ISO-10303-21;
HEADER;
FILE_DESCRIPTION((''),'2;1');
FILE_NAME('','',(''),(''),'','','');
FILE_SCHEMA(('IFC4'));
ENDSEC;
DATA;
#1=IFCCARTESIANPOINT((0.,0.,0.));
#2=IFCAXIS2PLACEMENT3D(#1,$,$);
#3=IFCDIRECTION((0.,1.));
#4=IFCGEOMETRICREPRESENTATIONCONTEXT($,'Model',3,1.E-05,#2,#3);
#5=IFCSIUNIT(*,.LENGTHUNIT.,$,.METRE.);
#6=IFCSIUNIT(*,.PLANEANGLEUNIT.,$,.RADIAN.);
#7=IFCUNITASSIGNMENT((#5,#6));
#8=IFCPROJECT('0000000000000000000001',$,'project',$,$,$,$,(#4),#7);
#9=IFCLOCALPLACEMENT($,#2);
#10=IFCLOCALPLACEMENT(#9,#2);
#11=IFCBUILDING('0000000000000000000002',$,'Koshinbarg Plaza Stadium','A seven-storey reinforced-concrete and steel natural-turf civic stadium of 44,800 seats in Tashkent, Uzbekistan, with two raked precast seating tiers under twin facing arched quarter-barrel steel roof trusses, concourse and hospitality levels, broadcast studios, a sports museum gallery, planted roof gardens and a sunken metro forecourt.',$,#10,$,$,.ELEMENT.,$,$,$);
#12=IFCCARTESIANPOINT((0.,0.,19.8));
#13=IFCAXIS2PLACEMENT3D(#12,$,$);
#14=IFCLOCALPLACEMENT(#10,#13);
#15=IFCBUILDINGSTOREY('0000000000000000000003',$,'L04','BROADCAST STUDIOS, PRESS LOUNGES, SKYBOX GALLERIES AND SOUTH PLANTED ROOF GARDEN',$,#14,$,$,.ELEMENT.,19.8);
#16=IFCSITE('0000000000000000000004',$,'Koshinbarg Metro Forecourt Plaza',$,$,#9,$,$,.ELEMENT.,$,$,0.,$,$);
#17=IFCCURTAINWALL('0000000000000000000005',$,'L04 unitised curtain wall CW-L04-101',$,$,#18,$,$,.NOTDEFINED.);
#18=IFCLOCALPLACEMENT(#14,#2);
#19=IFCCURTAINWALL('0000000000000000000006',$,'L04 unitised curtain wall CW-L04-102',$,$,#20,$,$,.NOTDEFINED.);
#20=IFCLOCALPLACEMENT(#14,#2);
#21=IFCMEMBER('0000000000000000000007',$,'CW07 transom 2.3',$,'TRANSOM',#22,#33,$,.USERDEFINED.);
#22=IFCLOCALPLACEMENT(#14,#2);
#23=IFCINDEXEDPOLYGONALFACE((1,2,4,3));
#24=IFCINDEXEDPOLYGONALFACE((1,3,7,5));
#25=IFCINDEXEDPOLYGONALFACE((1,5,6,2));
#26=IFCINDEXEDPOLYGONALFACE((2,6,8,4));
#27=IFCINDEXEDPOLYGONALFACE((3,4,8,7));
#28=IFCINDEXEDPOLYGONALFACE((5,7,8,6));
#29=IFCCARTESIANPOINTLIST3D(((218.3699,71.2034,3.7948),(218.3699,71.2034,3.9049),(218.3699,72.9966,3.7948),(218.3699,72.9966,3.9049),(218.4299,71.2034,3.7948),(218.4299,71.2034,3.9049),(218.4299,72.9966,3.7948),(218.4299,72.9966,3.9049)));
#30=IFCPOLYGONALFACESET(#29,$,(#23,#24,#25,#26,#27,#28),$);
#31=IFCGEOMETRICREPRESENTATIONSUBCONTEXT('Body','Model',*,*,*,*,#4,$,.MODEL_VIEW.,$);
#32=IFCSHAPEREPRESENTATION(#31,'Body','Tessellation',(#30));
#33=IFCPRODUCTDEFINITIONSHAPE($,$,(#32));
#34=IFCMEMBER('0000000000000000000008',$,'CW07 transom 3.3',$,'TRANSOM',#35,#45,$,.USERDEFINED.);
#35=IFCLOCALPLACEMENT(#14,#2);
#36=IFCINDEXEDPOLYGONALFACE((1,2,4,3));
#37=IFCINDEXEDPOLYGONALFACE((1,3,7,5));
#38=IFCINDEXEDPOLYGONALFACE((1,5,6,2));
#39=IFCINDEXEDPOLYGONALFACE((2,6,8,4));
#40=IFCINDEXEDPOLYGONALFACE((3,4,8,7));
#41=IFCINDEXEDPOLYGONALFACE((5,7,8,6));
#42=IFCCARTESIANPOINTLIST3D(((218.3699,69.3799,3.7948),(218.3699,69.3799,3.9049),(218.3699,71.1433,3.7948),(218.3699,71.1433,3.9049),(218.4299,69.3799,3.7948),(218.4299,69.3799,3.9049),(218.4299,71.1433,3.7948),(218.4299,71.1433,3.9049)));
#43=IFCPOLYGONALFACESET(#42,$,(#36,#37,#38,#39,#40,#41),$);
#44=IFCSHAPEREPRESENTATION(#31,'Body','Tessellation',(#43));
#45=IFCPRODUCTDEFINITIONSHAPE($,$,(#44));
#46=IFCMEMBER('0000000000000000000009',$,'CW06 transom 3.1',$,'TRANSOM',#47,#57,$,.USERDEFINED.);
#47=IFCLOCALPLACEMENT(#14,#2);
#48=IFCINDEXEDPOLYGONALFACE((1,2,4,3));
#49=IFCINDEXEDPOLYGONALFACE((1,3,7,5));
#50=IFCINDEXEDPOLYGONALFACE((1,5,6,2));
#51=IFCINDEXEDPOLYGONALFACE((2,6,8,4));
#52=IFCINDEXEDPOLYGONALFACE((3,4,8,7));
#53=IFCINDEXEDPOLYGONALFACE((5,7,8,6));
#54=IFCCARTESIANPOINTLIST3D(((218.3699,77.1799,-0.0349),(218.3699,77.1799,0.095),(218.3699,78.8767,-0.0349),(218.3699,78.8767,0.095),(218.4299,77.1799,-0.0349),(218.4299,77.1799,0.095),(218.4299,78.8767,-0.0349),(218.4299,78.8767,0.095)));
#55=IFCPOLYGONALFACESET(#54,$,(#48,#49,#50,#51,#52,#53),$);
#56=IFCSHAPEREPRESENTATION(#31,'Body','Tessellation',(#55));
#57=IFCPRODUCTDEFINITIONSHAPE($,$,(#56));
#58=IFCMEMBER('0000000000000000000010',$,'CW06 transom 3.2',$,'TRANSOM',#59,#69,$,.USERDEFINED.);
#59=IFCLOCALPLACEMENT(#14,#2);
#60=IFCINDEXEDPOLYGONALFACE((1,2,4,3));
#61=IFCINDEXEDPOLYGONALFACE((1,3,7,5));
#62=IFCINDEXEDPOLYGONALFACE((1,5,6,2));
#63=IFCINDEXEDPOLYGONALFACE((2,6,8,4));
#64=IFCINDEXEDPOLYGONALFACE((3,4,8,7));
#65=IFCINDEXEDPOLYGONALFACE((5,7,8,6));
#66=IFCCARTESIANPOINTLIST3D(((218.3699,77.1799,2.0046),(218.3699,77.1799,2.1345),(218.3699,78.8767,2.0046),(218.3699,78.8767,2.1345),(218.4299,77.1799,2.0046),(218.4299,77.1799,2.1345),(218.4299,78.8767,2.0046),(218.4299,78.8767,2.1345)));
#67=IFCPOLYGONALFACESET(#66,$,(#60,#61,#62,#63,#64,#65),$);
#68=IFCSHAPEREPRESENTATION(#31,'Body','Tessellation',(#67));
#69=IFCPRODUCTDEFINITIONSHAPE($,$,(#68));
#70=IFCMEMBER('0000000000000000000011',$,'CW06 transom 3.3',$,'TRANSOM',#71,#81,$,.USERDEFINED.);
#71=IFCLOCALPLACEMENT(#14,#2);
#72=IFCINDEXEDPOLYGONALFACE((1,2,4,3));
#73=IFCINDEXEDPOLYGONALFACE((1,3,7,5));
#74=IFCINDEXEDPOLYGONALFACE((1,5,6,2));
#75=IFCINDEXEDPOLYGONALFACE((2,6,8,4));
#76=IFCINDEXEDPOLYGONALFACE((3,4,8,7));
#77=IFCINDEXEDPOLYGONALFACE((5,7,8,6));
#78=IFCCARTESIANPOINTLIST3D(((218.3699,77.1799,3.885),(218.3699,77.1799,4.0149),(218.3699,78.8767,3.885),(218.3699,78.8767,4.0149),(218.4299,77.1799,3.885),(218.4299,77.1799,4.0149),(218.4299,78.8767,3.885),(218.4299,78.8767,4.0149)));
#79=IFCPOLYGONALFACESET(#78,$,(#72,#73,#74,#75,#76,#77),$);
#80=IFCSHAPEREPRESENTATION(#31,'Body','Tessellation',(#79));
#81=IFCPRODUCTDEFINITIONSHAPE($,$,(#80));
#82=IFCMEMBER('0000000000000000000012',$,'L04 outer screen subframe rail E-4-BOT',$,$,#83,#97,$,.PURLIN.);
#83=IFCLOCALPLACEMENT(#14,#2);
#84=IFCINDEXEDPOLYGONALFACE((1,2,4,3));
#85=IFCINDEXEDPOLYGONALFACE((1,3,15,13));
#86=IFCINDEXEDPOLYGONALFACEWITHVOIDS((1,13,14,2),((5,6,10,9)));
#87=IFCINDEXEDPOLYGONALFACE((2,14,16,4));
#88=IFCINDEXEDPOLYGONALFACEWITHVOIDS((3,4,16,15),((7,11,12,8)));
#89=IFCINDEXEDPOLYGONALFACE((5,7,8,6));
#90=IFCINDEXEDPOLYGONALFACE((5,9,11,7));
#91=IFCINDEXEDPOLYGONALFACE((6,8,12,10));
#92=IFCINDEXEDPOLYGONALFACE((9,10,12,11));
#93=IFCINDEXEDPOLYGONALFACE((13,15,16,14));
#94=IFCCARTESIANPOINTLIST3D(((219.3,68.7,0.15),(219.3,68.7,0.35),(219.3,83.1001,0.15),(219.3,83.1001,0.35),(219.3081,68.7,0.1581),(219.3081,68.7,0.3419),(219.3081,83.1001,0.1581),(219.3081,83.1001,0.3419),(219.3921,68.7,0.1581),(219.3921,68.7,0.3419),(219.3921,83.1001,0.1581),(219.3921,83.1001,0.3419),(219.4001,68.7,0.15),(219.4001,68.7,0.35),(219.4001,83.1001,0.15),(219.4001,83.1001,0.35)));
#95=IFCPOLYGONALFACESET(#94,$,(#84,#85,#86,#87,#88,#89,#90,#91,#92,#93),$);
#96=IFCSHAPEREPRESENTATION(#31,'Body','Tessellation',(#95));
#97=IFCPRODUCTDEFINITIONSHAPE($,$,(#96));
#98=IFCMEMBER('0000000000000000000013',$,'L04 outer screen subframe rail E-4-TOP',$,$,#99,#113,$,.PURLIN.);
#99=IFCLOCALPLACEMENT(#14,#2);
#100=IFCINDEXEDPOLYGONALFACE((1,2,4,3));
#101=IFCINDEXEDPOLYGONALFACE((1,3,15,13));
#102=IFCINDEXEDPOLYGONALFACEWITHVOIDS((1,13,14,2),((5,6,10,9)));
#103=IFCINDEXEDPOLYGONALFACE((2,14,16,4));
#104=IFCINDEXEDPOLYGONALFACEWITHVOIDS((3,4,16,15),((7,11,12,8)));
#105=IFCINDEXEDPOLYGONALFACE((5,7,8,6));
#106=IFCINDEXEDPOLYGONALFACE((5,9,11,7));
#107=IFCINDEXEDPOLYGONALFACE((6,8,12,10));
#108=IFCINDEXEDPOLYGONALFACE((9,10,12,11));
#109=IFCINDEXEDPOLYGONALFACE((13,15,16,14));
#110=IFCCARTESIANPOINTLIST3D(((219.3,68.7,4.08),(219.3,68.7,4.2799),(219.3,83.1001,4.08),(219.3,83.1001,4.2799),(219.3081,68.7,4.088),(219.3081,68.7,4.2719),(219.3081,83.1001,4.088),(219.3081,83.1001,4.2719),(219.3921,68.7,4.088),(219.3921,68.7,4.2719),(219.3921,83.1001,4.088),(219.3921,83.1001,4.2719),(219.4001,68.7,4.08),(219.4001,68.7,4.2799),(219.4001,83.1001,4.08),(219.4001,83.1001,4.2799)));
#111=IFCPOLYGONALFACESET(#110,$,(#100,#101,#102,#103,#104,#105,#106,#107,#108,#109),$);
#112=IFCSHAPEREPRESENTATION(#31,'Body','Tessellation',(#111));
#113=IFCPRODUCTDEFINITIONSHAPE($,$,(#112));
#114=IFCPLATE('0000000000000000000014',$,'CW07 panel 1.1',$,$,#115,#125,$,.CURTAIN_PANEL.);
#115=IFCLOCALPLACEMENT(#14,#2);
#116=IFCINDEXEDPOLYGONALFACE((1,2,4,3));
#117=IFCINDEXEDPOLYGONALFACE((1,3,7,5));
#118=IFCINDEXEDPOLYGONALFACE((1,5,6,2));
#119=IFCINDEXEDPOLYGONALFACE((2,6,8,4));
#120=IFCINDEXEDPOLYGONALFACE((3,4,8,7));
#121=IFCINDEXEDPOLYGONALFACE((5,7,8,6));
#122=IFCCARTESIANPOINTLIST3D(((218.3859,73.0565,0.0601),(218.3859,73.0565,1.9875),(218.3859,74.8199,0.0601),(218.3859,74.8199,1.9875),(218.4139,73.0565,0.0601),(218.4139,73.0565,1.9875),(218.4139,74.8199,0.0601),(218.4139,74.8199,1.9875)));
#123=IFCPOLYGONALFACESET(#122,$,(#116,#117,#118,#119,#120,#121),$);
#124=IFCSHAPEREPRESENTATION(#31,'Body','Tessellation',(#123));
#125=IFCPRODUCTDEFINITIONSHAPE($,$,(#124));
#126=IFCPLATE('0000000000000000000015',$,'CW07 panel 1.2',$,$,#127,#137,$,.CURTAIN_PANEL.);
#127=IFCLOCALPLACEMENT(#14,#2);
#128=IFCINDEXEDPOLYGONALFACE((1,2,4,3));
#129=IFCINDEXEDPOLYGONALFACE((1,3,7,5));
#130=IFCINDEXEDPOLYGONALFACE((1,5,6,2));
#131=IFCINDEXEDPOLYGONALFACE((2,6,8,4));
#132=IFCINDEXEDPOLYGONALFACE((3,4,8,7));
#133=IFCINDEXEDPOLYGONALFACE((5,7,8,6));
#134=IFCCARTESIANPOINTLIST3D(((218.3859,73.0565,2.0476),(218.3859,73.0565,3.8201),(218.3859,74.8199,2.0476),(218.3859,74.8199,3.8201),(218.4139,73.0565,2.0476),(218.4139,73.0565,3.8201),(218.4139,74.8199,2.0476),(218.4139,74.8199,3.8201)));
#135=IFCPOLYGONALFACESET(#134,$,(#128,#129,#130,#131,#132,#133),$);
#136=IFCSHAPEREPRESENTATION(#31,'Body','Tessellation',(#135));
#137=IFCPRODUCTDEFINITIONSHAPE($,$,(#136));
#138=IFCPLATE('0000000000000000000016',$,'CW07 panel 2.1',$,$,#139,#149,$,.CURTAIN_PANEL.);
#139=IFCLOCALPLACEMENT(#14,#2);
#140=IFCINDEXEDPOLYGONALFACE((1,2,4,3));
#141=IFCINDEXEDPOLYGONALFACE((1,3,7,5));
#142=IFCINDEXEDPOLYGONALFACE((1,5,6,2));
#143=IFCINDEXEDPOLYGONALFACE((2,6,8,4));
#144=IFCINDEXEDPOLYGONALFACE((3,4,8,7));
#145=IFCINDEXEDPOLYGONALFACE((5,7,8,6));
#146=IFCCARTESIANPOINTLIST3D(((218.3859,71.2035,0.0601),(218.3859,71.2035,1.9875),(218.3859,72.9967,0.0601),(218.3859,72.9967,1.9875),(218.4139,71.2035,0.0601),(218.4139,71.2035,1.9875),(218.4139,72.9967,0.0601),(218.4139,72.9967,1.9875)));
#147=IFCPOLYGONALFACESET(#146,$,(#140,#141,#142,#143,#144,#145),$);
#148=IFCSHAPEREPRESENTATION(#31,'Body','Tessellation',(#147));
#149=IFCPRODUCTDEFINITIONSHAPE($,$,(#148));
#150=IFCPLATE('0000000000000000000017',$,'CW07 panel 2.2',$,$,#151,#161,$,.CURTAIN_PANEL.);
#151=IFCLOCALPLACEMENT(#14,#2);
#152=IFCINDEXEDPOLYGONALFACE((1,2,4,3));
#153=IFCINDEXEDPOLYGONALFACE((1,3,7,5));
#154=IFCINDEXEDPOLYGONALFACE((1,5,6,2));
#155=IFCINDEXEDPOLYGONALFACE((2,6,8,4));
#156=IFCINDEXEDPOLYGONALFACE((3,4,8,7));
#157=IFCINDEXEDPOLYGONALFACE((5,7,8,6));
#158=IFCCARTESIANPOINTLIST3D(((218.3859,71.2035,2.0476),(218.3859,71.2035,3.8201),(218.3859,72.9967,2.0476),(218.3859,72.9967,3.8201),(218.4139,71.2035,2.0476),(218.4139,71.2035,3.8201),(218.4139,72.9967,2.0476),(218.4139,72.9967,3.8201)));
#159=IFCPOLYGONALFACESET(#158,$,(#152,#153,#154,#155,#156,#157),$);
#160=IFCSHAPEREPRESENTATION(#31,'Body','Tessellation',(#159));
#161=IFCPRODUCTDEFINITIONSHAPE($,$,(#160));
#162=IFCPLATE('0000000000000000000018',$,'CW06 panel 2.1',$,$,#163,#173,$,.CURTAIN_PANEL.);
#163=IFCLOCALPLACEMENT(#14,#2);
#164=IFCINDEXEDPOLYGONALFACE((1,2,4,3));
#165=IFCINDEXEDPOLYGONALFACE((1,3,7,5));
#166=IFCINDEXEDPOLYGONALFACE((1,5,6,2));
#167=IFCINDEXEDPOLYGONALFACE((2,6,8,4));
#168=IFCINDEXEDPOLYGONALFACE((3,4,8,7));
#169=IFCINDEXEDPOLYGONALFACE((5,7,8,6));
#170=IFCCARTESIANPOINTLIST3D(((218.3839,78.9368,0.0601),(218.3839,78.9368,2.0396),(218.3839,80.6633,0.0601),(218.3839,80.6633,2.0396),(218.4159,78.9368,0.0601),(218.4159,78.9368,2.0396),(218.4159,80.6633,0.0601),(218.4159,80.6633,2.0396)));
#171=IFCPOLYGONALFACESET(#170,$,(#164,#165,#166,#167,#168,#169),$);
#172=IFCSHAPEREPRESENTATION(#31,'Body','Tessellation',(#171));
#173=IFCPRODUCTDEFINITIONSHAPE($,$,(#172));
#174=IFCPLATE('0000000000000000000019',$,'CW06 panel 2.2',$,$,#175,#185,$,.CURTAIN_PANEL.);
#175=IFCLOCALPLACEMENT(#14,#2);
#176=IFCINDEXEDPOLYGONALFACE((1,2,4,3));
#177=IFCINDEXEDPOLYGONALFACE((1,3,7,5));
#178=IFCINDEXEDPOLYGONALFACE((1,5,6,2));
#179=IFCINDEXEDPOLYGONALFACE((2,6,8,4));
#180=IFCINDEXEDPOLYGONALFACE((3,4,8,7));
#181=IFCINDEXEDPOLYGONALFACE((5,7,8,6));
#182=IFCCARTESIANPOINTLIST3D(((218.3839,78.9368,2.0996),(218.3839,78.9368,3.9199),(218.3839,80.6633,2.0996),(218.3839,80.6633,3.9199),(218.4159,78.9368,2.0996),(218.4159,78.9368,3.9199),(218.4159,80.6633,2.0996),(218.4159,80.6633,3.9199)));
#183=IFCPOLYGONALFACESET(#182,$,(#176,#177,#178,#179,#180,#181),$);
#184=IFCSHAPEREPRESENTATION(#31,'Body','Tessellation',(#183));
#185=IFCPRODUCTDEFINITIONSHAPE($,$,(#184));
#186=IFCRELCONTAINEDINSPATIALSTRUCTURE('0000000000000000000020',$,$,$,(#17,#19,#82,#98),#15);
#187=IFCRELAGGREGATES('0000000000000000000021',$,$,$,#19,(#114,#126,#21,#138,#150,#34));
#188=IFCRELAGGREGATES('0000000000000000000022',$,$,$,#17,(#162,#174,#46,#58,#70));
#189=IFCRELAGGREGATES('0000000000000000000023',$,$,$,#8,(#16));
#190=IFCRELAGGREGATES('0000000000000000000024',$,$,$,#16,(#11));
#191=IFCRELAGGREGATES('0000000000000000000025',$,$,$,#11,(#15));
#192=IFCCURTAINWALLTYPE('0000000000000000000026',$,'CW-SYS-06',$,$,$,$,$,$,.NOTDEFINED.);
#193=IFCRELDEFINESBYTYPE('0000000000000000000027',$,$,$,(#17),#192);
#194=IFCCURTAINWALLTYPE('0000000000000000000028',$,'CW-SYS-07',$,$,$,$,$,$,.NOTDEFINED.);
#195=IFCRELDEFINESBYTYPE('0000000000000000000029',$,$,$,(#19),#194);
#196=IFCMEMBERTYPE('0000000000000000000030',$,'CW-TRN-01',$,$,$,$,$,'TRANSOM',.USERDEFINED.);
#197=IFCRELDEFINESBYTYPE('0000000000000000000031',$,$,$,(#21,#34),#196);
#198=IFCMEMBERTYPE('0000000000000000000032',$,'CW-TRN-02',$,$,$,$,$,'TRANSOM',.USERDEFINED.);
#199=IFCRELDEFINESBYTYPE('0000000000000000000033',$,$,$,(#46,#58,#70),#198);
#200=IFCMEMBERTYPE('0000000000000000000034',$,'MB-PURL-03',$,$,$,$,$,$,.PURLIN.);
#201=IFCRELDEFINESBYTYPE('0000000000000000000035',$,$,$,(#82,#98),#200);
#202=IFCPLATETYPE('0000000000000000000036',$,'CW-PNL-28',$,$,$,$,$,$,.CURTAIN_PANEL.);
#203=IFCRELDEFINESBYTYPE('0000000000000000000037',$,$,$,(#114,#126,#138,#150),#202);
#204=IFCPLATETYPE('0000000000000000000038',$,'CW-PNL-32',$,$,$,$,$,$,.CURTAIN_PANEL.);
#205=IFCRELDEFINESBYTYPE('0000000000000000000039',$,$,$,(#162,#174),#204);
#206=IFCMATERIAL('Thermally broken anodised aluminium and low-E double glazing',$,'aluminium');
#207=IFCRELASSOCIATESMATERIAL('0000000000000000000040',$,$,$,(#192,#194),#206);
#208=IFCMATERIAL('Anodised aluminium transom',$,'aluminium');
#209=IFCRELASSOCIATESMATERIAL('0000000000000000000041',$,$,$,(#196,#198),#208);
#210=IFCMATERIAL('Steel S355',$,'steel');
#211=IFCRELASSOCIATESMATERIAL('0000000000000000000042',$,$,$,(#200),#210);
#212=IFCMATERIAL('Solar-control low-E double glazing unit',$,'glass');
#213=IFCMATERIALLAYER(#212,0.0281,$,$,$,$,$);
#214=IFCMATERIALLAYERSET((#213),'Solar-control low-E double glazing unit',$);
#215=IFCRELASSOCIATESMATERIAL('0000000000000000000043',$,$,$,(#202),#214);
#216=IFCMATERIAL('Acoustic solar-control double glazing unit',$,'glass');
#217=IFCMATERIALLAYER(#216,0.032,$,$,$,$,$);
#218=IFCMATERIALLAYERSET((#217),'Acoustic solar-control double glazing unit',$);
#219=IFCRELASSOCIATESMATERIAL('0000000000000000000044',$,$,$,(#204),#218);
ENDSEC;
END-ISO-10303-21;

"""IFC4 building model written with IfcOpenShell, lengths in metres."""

from ifc_helpers import new_model, si_unit, direction, frame, origin, origin_2d, place, context, subcontext, project, spatial, rectangle, hollow_rectangle, extrude, material, layer, layer_set, material_profile, profile_set, type_object, element, aggregate, save


model = new_model("IFC4")

# Units and contexts
model_context = context("Model", 3, precision=1e-05, world=origin(), true_north=direction((0.0, 1.0)))
body_context = subcontext(model_context, "Body", "Model", "MODEL_VIEW")
ifc_project = project(units=[si_unit("LENGTHUNIT", "METRE"), si_unit("PLANEANGLEUNIT", "RADIAN")], contexts=[model_context])

# Site, building, storey
site_placement = place(None, origin())
site = spatial("IfcSite", under=ifc_project, at=site_placement, Name="Koshinbarg Metro Forecourt Plaza", CompositionType="ELEMENT", RefElevation=0.0)
building_placement = place(site_placement, origin())
building = spatial("IfcBuilding", under=site, at=building_placement, Name="Koshinbarg Plaza Stadium", Description="A seven-storey reinforced-concrete and steel natural-turf civic stadium of 44,800 seats in Tashkent, Uzbekistan, with two raked precast seating tiers under twin facing arched quarter-barrel steel roof trusses, concourse and hospitality levels, broadcast studios, a sports museum gallery, planted roof gardens and a sunken metro forecourt.", CompositionType="ELEMENT")
storey_placement = place(building_placement, frame((0.0, 0.0, 19.8)))
storey = spatial("IfcBuildingStorey", under=building, at=storey_placement, Name="L04", Description="BROADCAST STUDIOS, PRESS LOUNGES, SKYBOX GALLERIES AND SOUTH PLANTED ROOF GARDEN", CompositionType="ELEMENT", Elevation=19.8)

# Shared definitions
ifc_material_1 = material(Name="Steel S355", Category="steel")

# Curtain walls, members
ifc_material_2 = material(Name="Thermally broken anodised aluminium and low-E double glazing", Category="aluminium")
curtain_wall_type_1 = type_object("IfcCurtainWallType", Name="CW-SYS-06", PredefinedType="NOTDEFINED", material=ifc_material_2)
curtain_wall_1_placement = place(storey_placement, origin())
curtain_wall_1 = element("IfcCurtainWall", 1, at=curtain_wall_1_placement, inside=storey, type_object=curtain_wall_type_1, Name="L04 unitised curtain wall CW-L04-101", PredefinedType="NOTDEFINED")
curtain_wall_type_2 = type_object("IfcCurtainWallType", Name="CW-SYS-07", PredefinedType="NOTDEFINED", material=ifc_material_2)
curtain_wall_2_placement = place(storey_placement, origin())
curtain_wall_2 = element("IfcCurtainWall", 2, at=curtain_wall_2_placement, inside=storey, type_object=curtain_wall_type_2, Name="L04 unitised curtain wall CW-L04-102", PredefinedType="NOTDEFINED")
ifc_material_3 = material(Name="Anodised aluminium transom", Category="aluminium")
ifc_material_profile_1 = material_profile(ifc_material_3, rectangle(XDim=0.0601, YDim=0.1101, at=origin_2d()), Name="ALU 60x110")
ifc_profile_set_1 = profile_set([ifc_material_profile_1], Name="Anodised aluminium transom")
member_type_1 = type_object("IfcMemberType", Name="CW-TRN-01", ElementType="TRANSOM", PredefinedType="USERDEFINED", material=ifc_profile_set_1)
member_1_placement = place(storey_placement, frame((218.3999, 72.9966, 3.8499), z_axis=(0.0, -1.0, 0.0), x_axis=(1.0, 0.0, 0.0)))
member_1 = element("IfcMember", 3, at=member_1_placement, type_object=member_type_1, Name="CW07 transom 2.3", ObjectType="TRANSOM", PredefinedType="USERDEFINED", context=body_context, shape_type="SweptSolid", body=[
    extrude(rectangle(XDim=0.0601, YDim=0.1101, at=origin_2d()), origin(), (0.0, 0.0, 1.0), 1.7932),
])
member_2_placement = place(storey_placement, frame((218.3999, 71.1433, 3.8499), z_axis=(0.0, -1.0, 0.0), x_axis=(1.0, 0.0, 0.0)))
member_2 = element("IfcMember", 4, at=member_2_placement, type_object=member_type_1, Name="CW07 transom 3.3", ObjectType="TRANSOM", PredefinedType="USERDEFINED", context=body_context, shape_type="SweptSolid", body=[
    extrude(rectangle(XDim=0.0601, YDim=0.1101, at=origin_2d()), origin(), (0.0, 0.0, 1.0), 1.7634),
])

# Members
ifc_material_profile_2 = material_profile(ifc_material_3, rectangle(XDim=0.0601, YDim=0.1299, at=origin_2d()), Name="ALU 60x130")
ifc_profile_set_2 = profile_set([ifc_material_profile_2], Name="Anodised aluminium transom")
member_type_2 = type_object("IfcMemberType", Name="CW-TRN-02", ElementType="TRANSOM", PredefinedType="USERDEFINED", material=ifc_profile_set_2)
member_3_placement = place(storey_placement, frame((218.3999, 78.8767, 0.03), z_axis=(0.0, -1.0, 0.0), x_axis=(1.0, 0.0, 0.0)))
member_3 = element("IfcMember", 5, at=member_3_placement, type_object=member_type_2, Name="CW06 transom 3.1", ObjectType="TRANSOM", PredefinedType="USERDEFINED", context=body_context, shape_type="SweptSolid", body=[
    extrude(rectangle(XDim=0.0601, YDim=0.1299, at=origin_2d()), origin(), (0.0, 0.0, 1.0), 1.6968),
])
member_4_placement = place(storey_placement, frame((218.3999, 78.8767, 2.0696), z_axis=(0.0, -1.0, 0.0), x_axis=(1.0, 0.0, 0.0)))
member_4 = element("IfcMember", 6, at=member_4_placement, type_object=member_type_2, Name="CW06 transom 3.2", ObjectType="TRANSOM", PredefinedType="USERDEFINED", context=body_context, shape_type="SweptSolid", body=[
    extrude(rectangle(XDim=0.0601, YDim=0.1299, at=origin_2d()), origin(), (0.0, 0.0, 1.0), 1.6968),
])
member_5_placement = place(storey_placement, frame((218.3999, 78.8767, 3.95), z_axis=(0.0, -1.0, 0.0), x_axis=(1.0, 0.0, 0.0)))
member_5 = element("IfcMember", 7, at=member_5_placement, type_object=member_type_2, Name="CW06 transom 3.3", ObjectType="TRANSOM", PredefinedType="USERDEFINED", context=body_context, shape_type="SweptSolid", body=[
    extrude(rectangle(XDim=0.0601, YDim=0.1299, at=origin_2d()), origin(), (0.0, 0.0, 1.0), 1.6968),
])

# Members
ifc_material_profile_3 = material_profile(ifc_material_1, hollow_rectangle(XDim=0.1001, YDim=0.2, WallThickness=0.0081, at=origin_2d()), Name="RHS 200x100x8")
ifc_profile_set_3 = profile_set([ifc_material_profile_3], Name="Steel S355")
member_type_3 = type_object("IfcMemberType", Name="MB-PURL-03", PredefinedType="PURLIN", material=ifc_profile_set_3)
for number, where, z_axis, x_axis, name in (
    (8, (219.3501, 68.7, 0.25), (0.0, 1.0, 0.0), (-1.0, 0.0, 0.0), "L04 outer screen subframe rail E-4-BOT"),
    (9, (219.3501, 68.7, 4.1799), (0.0, 1.0, 0.0), (-1.0, 0.0, 0.0), "L04 outer screen subframe rail E-4-TOP"),
):
    element("IfcMember", number, at=place(storey_placement, frame(where, z_axis=z_axis, x_axis=x_axis)), inside=storey, type_object=member_type_3, Name=name, PredefinedType="PURLIN", context=body_context, shape_type="SweptSolid", body=[
        extrude(hollow_rectangle(XDim=0.1001, YDim=0.2, WallThickness=0.0081, at=origin_2d()), origin(), (0.0, 0.0, 1.0), 14.4001),
    ])

# Plates
ifc_material_4 = material(Name="Solar-control low-E double glazing unit", Category="glass")
ifc_layer_1 = layer(ifc_material_4, 0.0281)
ifc_layer_set_1 = layer_set([ifc_layer_1], Name="Solar-control low-E double glazing unit")
plate_type_1 = type_object("IfcPlateType", Name="CW-PNL-28", PredefinedType="CURTAIN_PANEL", material=ifc_layer_set_1)
plate_1_placement = place(storey_placement, frame((218.3999, 73.9382, 0.0601), z_axis=(0.0, 0.0, 1.0), x_axis=(0.0, -1.0, 0.0)))
plate_1 = element("IfcPlate", 10, at=plate_1_placement, type_object=plate_type_1, Name="CW07 panel 1.1", PredefinedType="CURTAIN_PANEL", context=body_context, shape_type="SweptSolid", body=[
    extrude(rectangle(XDim=1.7634, YDim=0.0281, at=origin_2d()), origin(), (0.0, 0.0, 1.0), 1.9275),
])
plate_2_placement = place(storey_placement, frame((218.3999, 73.9382, 2.0476), z_axis=(0.0, 0.0, 1.0), x_axis=(0.0, -1.0, 0.0)))
plate_2 = element("IfcPlate", 11, at=plate_2_placement, type_object=plate_type_1, Name="CW07 panel 1.2", PredefinedType="CURTAIN_PANEL", context=body_context, shape_type="SweptSolid", body=[
    extrude(rectangle(XDim=1.7634, YDim=0.0281, at=origin_2d()), origin(), (0.0, 0.0, 1.0), 1.7725),
])
plate_3_placement = place(storey_placement, frame((218.3999, 72.1001, 0.0601), z_axis=(0.0, 0.0, 1.0), x_axis=(0.0, -1.0, 0.0)))
plate_3 = element("IfcPlate", 12, at=plate_3_placement, type_object=plate_type_1, Name="CW07 panel 2.1", PredefinedType="CURTAIN_PANEL", context=body_context, shape_type="SweptSolid", body=[
    extrude(rectangle(XDim=1.7932, YDim=0.0281, at=origin_2d()), origin(), (0.0, 0.0, 1.0), 1.9275),
])
plate_4_placement = place(storey_placement, frame((218.3999, 72.1001, 2.0476), z_axis=(0.0, 0.0, 1.0), x_axis=(0.0, -1.0, 0.0)))
plate_4 = element("IfcPlate", 13, at=plate_4_placement, type_object=plate_type_1, Name="CW07 panel 2.2", PredefinedType="CURTAIN_PANEL", context=body_context, shape_type="SweptSolid", body=[
    extrude(rectangle(XDim=1.7932, YDim=0.0281, at=origin_2d()), origin(), (0.0, 0.0, 1.0), 1.7725),
])
aggregate(curtain_wall_2, [plate_1, plate_2, member_1, plate_3, plate_4, member_2])
ifc_material_5 = material(Name="Acoustic solar-control double glazing unit", Category="glass")
ifc_layer_2 = layer(ifc_material_5, 0.032)
ifc_layer_set_2 = layer_set([ifc_layer_2], Name="Acoustic solar-control double glazing unit")
plate_type_2 = type_object("IfcPlateType", Name="CW-PNL-32", PredefinedType="CURTAIN_PANEL", material=ifc_layer_set_2)
plate_5_placement = place(storey_placement, frame((218.3999, 79.8, 0.0601), z_axis=(0.0, 0.0, 1.0), x_axis=(0.0, -1.0, 0.0)))
plate_5 = element("IfcPlate", 14, at=plate_5_placement, type_object=plate_type_2, Name="CW06 panel 2.1", PredefinedType="CURTAIN_PANEL", context=body_context, shape_type="SweptSolid", body=[
    extrude(rectangle(XDim=1.7266, YDim=0.032, at=origin_2d()), origin(), (0.0, 0.0, 1.0), 1.9795),
])
plate_6_placement = place(storey_placement, frame((218.3999, 79.8, 2.0996), z_axis=(0.0, 0.0, 1.0), x_axis=(0.0, -1.0, 0.0)))
plate_6 = element("IfcPlate", 15, at=plate_6_placement, type_object=plate_type_2, Name="CW06 panel 2.2", PredefinedType="CURTAIN_PANEL", context=body_context, shape_type="SweptSolid", body=[
    extrude(rectangle(XDim=1.7266, YDim=0.032, at=origin_2d()), origin(), (0.0, 0.0, 1.0), 1.8203),
])
aggregate(curtain_wall_1, [plate_5, plate_6, member_3, member_4, member_5])

save(model, "model.ifc")
